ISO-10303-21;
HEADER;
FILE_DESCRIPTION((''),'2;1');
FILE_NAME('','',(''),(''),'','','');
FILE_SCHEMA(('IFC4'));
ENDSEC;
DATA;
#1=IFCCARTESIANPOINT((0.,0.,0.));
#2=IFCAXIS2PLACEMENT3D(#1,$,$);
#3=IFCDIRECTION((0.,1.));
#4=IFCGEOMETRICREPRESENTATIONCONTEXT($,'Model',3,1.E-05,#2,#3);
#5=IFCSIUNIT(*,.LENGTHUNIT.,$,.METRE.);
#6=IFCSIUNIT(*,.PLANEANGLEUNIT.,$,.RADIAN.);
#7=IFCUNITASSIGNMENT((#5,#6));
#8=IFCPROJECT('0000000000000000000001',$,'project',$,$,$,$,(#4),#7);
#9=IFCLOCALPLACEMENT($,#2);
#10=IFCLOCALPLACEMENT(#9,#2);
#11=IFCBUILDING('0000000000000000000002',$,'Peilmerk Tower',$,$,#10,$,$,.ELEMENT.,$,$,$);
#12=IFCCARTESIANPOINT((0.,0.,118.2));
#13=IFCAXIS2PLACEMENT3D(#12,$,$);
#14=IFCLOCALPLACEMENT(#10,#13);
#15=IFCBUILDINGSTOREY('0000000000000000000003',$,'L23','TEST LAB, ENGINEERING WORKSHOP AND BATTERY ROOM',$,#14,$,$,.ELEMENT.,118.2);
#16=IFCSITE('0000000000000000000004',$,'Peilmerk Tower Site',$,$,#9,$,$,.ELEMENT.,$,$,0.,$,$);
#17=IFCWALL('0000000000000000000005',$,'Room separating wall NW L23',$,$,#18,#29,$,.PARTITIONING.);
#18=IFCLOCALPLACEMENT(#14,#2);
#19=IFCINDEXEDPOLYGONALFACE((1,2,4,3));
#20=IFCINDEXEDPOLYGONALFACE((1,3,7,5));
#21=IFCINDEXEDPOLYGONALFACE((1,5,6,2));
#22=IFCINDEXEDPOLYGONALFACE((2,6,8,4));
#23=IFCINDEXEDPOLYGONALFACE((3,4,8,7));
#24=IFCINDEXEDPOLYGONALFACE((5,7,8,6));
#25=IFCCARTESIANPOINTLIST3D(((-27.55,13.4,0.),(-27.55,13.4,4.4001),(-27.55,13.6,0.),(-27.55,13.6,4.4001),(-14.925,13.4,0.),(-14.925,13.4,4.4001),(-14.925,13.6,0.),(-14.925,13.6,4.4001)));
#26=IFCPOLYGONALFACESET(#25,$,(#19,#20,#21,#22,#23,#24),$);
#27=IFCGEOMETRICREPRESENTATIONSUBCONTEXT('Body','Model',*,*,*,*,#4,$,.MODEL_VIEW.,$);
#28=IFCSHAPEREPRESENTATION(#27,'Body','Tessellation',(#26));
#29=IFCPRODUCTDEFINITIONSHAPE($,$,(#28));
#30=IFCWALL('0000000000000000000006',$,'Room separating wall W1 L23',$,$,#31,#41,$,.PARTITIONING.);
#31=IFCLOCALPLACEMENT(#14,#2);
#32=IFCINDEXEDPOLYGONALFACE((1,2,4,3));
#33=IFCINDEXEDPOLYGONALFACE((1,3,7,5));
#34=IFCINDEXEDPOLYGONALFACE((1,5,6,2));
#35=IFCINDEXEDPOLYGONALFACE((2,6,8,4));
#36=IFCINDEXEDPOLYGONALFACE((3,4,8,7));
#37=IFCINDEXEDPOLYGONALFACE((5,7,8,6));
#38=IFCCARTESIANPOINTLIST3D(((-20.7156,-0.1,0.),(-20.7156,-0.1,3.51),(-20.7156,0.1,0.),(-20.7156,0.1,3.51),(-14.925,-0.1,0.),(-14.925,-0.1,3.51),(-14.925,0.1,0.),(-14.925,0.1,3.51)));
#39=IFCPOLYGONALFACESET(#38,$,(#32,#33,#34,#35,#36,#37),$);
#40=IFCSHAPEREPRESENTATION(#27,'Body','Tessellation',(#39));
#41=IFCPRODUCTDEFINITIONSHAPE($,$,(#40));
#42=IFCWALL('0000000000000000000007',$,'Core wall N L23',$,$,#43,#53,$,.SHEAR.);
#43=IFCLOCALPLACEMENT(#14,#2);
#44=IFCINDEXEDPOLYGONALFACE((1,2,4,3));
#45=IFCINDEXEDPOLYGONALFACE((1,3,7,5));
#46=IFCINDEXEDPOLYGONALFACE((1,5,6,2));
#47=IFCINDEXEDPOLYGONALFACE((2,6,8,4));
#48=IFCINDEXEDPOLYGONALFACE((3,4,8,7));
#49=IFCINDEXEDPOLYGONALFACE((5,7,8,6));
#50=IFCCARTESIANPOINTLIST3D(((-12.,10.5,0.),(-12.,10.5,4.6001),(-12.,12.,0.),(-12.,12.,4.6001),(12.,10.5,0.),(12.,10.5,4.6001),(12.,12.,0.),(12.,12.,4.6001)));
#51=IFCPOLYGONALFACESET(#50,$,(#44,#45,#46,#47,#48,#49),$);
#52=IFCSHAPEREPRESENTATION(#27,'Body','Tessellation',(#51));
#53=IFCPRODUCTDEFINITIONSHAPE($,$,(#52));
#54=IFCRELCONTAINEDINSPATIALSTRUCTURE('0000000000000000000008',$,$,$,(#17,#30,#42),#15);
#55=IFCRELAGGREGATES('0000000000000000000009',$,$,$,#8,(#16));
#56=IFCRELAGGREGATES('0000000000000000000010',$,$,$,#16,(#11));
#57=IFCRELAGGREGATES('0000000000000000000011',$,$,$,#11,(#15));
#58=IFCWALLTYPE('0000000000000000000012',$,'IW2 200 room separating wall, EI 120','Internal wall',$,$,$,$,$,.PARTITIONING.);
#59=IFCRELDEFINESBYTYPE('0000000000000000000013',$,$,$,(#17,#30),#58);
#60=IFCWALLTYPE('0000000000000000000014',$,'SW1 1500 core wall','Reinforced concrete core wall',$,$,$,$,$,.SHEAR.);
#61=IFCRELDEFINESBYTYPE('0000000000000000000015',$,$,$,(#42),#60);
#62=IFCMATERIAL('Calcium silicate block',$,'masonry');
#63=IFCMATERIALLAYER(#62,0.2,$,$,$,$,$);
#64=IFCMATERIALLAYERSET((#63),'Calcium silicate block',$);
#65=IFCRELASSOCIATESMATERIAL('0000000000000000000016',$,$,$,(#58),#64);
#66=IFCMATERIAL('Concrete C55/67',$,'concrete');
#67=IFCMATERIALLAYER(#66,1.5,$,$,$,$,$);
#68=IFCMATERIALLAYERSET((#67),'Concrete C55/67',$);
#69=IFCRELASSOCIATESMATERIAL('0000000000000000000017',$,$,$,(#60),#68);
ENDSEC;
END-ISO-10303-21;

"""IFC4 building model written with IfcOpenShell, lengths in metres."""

from ifc_helpers import new_model, si_unit, direction, frame, frame_2d, origin, place, context, subcontext, project, spatial, rectangle, extrude, material, layer, layer_set, type_object, element, save


model = new_model("IFC4")

# Units and contexts
model_context = context("Model", 3, precision=1e-05, world=origin(), true_north=direction((0.0, 1.0)))
body_context = subcontext(model_context, "Body", "Model", "MODEL_VIEW")
ifc_project = project(units=[si_unit("LENGTHUNIT", "METRE"), si_unit("PLANEANGLEUNIT", "RADIAN")], contexts=[model_context])

# Site, building, storey
site_placement = place(None, origin())
site = spatial("IfcSite", under=ifc_project, at=site_placement, Name="Peilmerk Tower Site", CompositionType="ELEMENT", RefElevation=0.0)
building_placement = place(site_placement, origin())
building = spatial("IfcBuilding", under=site, at=building_placement, Name="Peilmerk Tower", CompositionType="ELEMENT")
storey_placement = place(building_placement, frame((0.0, 0.0, 118.2)))
storey = spatial("IfcBuildingStorey", under=building, at=storey_placement, Name="L23", Description="TEST LAB, ENGINEERING WORKSHOP AND BATTERY ROOM", CompositionType="ELEMENT", Elevation=118.2)

# Shared definitions
ifc_material_1 = material(Name="Calcium silicate block", Category="masonry")

# Walls
ifc_layer_1 = layer(ifc_material_1, 0.2)
ifc_layer_set_1 = layer_set([ifc_layer_1], Name="Calcium silicate block")
wall_type_1 = type_object("IfcWallType", Name="IW2 200 room separating wall, EI 120", Description="Internal wall", PredefinedType="PARTITIONING", material=ifc_layer_set_1)
wall_1_placement = place(storey_placement, frame((-27.55, 13.5, 0.0), z_axis=(0.0, 0.0, 1.0), x_axis=(1.0, 0.0, 0.0)))
element("IfcWall", 1, at=wall_1_placement, inside=storey, type_object=wall_type_1, Name="Room separating wall NW L23", PredefinedType="PARTITIONING", context=body_context, shape_type="SweptSolid", body=[
    extrude(rectangle(XDim=12.625, YDim=0.2, at=frame_2d((6.3125, 0.0))), origin(), (0.0, 0.0, 1.0), 4.4001),
])
wall_2_placement = place(storey_placement, frame((-14.925, 0.0, 0.0), z_axis=(0.0, 0.0, 1.0), x_axis=(-1.0, 0.0, 0.0)))
element("IfcWall", 2, at=wall_2_placement, inside=storey, type_object=wall_type_1, Name="Room separating wall W1 L23", PredefinedType="PARTITIONING", context=body_context, shape_type="SweptSolid", body=[
    extrude(rectangle(XDim=5.7905, YDim=0.2, at=frame_2d((2.8953, 0.0))), origin(), (0.0, 0.0, 1.0), 3.51),
])
ifc_material_2 = material(Name="Concrete C55/67", Category="concrete")
ifc_layer_2 = layer(ifc_material_2, 1.5)
ifc_layer_set_2 = layer_set([ifc_layer_2], Name="Concrete C55/67")
wall_type_2 = type_object("IfcWallType", Name="SW1 1500 core wall", Description="Reinforced concrete core wall", PredefinedType="SHEAR", material=ifc_layer_set_2)
wall_3_placement = place(storey_placement, frame((-12.0, 11.25, 0.0), z_axis=(0.0, 0.0, 1.0), x_axis=(1.0, 0.0, 0.0)))
element("IfcWall", 3, at=wall_3_placement, inside=storey, type_object=wall_type_2, Name="Core wall N L23", PredefinedType="SHEAR", context=body_context, shape_type="SweptSolid", body=[
    extrude(rectangle(XDim=24.0, YDim=1.5, at=frame_2d((12.0, 0.0))), origin(), (0.0, 0.0, 1.0), 4.6001),
])

save(model, "model.ifc")
